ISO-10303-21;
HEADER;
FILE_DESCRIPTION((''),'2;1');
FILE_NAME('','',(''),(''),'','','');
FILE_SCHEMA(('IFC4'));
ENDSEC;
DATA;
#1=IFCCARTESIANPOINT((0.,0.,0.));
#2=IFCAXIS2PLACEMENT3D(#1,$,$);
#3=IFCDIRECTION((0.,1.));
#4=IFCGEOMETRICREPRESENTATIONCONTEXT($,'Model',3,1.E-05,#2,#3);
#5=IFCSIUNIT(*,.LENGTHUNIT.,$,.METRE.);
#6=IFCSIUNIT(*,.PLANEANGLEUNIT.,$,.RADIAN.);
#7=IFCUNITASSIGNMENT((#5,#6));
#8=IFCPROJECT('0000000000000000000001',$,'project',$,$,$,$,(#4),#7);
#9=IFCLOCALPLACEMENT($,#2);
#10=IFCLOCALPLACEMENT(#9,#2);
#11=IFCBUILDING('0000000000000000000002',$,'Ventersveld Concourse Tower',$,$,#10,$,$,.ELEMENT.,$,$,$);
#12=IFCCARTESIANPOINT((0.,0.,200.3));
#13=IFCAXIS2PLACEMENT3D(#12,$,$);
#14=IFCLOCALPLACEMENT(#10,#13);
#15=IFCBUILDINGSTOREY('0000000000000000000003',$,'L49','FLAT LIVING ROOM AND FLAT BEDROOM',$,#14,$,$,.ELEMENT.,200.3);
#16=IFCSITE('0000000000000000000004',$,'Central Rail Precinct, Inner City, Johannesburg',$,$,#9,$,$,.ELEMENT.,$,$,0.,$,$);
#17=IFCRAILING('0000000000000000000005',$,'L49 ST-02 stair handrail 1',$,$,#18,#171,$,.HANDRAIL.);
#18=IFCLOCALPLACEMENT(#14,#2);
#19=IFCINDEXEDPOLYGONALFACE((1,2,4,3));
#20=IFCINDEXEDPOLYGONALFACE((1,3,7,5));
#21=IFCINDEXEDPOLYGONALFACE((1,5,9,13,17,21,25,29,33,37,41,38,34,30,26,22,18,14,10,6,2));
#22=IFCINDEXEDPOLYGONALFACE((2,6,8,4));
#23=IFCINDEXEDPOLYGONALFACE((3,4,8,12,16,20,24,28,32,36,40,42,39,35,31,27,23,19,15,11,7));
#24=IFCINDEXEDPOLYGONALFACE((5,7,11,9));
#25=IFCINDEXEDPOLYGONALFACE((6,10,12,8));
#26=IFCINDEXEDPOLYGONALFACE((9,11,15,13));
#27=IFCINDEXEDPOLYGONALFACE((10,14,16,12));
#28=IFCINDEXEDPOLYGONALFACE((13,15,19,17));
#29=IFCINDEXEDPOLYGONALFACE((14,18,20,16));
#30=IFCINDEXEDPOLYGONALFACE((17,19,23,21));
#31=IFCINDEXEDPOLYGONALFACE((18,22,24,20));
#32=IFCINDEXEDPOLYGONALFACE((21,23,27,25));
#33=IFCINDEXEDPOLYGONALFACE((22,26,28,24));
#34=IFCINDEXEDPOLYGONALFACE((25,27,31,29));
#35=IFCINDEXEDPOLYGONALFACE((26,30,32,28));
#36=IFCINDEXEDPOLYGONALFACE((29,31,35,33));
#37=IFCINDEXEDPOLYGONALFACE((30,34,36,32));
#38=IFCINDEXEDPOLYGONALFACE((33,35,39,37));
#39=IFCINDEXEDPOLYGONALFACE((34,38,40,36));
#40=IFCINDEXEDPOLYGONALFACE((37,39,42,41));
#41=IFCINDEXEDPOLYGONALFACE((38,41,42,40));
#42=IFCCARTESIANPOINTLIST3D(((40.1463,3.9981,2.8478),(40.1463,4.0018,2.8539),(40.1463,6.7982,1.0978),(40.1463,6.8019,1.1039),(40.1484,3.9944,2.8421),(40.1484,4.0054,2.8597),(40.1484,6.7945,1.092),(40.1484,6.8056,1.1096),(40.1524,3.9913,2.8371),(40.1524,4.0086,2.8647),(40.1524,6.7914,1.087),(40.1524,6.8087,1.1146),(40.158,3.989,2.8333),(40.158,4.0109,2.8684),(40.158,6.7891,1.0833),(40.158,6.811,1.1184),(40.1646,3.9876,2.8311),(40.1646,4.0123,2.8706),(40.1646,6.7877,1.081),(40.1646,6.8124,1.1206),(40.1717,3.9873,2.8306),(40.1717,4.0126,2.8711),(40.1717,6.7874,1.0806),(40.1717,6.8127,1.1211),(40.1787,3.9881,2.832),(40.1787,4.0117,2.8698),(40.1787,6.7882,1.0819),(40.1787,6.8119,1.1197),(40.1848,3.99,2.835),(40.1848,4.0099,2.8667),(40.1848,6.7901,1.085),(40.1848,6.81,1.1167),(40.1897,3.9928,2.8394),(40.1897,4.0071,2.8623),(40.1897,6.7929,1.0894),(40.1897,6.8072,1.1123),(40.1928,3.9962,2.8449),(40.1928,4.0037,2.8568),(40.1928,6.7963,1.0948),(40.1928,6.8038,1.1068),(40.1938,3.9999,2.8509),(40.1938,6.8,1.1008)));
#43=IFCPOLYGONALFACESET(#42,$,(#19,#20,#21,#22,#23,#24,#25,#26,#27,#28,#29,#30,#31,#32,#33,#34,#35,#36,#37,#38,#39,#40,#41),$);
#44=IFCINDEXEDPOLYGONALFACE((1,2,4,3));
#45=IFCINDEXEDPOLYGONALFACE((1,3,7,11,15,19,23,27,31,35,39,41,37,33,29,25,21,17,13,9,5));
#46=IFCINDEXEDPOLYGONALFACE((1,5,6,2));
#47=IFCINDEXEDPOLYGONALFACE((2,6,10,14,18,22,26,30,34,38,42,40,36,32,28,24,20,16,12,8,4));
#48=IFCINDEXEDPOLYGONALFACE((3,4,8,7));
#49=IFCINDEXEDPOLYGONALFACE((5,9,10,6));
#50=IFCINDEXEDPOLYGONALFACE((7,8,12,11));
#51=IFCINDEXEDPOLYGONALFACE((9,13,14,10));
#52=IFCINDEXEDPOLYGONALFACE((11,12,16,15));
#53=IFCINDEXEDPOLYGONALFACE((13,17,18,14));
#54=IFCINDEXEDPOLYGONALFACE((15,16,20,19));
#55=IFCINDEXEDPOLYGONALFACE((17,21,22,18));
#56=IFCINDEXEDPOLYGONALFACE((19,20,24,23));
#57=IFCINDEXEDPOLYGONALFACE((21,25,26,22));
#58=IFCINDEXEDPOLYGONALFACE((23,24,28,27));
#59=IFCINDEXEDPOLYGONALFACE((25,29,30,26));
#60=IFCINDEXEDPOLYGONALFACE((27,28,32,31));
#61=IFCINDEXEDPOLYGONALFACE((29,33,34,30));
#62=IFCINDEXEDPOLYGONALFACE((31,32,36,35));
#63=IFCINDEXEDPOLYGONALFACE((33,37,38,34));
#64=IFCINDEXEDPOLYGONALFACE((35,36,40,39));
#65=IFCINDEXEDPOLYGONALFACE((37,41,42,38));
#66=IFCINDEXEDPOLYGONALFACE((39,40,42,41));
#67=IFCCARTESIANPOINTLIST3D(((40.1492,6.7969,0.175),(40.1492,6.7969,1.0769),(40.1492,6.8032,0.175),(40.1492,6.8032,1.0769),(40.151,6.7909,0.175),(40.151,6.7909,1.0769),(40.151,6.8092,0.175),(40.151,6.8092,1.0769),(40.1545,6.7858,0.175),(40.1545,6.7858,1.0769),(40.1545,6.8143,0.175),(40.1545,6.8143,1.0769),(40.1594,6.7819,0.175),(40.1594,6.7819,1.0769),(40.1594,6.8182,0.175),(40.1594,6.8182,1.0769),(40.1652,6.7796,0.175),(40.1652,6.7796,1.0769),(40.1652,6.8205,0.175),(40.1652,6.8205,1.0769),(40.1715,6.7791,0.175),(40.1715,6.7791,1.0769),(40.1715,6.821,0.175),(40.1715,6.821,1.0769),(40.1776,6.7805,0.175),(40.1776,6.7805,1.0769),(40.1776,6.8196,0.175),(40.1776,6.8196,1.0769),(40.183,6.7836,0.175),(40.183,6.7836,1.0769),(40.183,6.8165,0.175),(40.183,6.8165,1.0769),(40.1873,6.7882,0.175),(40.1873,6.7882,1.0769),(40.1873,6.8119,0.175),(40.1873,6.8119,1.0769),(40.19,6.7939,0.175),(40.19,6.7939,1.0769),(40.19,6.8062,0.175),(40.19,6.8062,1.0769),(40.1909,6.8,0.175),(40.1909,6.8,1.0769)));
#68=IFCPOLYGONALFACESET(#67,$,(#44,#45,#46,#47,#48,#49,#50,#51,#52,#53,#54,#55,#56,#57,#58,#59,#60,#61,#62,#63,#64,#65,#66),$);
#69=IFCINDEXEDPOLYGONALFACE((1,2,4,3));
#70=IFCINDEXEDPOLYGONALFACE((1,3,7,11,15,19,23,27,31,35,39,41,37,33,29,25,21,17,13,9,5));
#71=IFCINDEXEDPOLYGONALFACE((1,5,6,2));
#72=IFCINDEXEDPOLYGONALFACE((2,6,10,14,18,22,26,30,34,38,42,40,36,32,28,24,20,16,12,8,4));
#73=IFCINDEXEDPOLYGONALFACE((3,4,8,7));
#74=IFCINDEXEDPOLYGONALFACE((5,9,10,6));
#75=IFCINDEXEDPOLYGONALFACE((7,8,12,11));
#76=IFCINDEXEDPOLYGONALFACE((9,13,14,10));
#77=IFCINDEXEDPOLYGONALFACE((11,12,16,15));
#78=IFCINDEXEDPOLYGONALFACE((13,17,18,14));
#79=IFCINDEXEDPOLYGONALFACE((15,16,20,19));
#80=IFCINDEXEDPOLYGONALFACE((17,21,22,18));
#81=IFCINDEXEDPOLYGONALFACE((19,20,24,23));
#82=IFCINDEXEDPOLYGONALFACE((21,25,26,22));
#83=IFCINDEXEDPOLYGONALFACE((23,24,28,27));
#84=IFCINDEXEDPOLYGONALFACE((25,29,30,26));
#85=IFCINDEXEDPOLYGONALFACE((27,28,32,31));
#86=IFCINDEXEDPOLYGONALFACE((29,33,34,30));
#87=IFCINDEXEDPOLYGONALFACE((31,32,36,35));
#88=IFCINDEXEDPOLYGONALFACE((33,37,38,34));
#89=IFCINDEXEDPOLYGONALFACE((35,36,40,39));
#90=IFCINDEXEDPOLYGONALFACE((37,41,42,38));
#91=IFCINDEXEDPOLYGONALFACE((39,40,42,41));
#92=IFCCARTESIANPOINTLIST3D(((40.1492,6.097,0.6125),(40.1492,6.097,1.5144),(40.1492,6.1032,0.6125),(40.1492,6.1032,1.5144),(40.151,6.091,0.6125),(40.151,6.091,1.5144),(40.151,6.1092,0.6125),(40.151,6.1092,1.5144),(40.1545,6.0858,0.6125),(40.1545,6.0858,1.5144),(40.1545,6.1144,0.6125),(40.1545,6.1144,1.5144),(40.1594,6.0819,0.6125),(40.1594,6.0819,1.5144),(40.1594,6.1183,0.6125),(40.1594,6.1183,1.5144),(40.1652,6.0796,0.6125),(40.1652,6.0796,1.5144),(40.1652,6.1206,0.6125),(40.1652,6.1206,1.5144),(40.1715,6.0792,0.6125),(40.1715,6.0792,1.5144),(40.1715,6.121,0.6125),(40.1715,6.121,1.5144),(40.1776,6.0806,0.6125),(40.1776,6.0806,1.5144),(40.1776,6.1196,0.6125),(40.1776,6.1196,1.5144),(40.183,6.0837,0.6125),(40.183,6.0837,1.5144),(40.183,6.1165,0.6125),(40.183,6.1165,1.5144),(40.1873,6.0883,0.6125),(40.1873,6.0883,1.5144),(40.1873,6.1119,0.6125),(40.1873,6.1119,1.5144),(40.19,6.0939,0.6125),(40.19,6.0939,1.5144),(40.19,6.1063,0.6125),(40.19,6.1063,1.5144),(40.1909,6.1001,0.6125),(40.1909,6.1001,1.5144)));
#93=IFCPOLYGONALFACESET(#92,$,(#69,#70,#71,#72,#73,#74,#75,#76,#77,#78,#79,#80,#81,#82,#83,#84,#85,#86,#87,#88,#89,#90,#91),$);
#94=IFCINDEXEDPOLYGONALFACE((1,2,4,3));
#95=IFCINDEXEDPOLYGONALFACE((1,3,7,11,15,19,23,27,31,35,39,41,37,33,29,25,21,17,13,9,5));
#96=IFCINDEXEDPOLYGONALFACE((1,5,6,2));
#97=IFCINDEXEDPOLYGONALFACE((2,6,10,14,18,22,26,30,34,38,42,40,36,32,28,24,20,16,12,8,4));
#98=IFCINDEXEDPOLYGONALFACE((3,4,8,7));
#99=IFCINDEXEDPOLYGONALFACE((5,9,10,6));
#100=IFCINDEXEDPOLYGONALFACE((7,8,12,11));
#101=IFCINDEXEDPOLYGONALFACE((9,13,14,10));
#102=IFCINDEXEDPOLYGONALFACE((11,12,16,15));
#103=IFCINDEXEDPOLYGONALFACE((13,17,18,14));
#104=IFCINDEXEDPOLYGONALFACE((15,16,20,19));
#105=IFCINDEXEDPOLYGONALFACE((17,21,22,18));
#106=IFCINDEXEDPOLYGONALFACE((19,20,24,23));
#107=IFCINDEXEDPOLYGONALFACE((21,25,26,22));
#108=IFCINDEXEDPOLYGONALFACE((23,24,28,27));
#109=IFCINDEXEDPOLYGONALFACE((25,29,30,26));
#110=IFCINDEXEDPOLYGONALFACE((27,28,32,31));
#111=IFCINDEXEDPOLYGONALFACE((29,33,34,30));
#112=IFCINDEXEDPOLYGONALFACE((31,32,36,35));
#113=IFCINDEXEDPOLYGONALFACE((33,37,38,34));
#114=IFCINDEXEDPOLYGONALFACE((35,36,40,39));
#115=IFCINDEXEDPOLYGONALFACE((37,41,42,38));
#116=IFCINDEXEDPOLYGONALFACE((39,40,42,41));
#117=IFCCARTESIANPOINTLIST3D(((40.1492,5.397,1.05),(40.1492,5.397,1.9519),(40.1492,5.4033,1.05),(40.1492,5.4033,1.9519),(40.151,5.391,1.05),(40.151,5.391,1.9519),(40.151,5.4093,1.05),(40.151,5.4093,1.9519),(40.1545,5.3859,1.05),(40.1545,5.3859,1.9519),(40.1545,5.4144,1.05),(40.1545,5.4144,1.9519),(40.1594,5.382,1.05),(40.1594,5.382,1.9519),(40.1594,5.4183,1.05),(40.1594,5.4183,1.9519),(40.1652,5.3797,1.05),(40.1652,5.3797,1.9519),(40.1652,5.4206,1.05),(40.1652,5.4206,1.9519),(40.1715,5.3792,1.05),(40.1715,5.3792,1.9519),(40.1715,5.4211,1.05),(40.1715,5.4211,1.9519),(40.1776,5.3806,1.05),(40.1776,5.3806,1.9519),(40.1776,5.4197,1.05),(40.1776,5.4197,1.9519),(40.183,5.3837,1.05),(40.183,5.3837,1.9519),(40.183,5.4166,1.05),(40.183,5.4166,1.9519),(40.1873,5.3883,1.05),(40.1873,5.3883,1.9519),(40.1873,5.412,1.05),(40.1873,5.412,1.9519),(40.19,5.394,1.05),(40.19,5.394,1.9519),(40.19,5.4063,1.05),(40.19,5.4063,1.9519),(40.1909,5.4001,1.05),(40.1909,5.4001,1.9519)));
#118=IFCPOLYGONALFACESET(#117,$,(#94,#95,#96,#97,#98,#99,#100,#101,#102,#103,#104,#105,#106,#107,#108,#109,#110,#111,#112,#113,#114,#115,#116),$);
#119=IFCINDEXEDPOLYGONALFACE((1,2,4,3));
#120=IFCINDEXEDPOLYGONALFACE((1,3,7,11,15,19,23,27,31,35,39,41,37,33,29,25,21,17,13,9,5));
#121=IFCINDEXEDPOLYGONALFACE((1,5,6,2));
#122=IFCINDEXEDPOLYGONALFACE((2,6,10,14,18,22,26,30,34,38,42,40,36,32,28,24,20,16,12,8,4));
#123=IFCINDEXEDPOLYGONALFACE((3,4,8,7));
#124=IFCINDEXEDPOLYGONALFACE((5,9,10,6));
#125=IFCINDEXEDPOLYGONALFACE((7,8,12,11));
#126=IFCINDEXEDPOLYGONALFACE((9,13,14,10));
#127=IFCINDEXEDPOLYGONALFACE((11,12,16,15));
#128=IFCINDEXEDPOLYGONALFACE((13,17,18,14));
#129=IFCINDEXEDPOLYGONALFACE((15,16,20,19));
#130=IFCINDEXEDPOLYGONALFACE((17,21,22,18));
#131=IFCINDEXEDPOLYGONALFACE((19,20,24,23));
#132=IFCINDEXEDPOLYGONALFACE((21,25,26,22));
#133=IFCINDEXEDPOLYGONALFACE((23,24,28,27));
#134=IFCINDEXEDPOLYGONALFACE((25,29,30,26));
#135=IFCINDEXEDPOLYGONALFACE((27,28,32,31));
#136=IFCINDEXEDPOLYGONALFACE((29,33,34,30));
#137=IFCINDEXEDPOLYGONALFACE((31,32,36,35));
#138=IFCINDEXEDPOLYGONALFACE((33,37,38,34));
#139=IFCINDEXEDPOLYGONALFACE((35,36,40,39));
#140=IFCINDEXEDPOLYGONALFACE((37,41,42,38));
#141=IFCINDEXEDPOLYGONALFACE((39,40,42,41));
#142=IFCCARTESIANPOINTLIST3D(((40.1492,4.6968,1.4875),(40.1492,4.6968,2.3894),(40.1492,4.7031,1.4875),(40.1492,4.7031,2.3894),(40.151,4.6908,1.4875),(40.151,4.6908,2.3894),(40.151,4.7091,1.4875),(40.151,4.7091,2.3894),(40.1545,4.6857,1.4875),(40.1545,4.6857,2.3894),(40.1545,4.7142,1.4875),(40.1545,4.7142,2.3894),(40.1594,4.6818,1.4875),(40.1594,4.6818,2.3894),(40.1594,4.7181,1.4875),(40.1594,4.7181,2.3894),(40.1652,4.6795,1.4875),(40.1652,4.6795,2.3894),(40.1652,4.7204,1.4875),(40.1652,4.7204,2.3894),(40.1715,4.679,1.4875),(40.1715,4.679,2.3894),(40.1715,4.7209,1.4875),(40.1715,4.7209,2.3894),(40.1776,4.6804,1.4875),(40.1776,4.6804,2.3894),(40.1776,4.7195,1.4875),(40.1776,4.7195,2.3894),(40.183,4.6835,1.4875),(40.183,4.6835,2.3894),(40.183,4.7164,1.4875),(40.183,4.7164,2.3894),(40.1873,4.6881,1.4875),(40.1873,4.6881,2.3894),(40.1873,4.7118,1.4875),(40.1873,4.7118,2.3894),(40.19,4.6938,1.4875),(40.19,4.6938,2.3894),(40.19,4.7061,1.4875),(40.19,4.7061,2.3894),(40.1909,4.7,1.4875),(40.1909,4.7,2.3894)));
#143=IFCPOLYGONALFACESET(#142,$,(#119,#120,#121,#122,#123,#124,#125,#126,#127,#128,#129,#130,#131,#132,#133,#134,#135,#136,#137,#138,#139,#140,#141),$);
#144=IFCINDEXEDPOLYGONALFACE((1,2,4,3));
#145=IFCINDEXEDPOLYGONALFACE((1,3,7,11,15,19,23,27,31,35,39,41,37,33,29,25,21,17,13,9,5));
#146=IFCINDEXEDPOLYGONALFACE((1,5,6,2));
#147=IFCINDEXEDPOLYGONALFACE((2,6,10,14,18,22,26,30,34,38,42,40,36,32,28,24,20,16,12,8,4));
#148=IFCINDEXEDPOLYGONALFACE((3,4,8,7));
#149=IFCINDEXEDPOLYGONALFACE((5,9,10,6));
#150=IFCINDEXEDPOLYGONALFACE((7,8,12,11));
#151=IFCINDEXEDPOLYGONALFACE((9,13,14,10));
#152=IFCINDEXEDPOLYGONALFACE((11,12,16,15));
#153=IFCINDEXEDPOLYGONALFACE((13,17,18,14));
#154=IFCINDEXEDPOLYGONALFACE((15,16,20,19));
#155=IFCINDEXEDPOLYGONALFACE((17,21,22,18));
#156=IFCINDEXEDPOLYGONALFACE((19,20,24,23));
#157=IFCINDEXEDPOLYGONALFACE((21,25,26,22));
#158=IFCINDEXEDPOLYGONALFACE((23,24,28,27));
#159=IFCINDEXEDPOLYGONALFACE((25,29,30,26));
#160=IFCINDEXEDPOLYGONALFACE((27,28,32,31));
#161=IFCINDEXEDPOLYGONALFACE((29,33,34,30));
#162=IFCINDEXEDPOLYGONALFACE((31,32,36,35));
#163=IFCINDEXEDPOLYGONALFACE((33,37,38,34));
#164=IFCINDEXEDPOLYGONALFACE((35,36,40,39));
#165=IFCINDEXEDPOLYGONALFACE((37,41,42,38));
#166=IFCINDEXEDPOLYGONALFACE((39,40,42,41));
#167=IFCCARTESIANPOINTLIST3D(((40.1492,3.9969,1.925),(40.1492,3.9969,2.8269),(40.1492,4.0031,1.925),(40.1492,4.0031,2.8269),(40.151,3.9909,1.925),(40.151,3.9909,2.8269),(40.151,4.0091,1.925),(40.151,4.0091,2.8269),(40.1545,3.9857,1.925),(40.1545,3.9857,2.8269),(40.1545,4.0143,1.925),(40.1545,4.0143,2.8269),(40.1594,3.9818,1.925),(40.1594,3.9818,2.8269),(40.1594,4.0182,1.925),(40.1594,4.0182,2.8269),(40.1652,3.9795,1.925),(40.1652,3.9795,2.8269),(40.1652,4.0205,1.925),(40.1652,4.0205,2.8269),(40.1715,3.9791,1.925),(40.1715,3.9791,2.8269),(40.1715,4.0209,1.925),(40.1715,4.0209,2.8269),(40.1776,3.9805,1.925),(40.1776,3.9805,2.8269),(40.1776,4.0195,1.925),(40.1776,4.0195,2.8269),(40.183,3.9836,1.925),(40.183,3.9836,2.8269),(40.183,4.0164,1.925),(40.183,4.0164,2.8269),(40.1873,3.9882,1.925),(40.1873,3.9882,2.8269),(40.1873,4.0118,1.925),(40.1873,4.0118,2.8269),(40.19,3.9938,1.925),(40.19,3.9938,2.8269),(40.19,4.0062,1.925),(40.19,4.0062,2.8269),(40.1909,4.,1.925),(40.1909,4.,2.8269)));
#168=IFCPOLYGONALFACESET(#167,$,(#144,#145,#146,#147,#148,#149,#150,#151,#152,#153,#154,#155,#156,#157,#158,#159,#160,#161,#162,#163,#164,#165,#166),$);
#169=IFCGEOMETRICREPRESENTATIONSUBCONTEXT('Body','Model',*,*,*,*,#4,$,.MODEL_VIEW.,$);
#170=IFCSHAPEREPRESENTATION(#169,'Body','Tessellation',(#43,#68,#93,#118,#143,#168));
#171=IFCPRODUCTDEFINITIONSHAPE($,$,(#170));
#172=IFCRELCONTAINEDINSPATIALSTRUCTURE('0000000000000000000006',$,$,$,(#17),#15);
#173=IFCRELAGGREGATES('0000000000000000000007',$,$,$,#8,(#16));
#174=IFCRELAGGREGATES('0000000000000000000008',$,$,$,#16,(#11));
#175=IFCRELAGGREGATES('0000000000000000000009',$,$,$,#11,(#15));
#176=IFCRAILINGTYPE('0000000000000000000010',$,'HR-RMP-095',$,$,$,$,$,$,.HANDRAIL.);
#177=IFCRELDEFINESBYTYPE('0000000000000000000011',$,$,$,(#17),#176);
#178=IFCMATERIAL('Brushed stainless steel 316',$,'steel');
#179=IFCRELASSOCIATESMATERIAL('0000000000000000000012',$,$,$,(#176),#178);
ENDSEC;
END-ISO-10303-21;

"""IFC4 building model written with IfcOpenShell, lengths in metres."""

from ifc_helpers import new_model, si_unit, direction, frame, origin, origin_2d, place, context, subcontext, project, spatial, circle, extrude, material, type_object, element, save


model = new_model("IFC4")

# Units and contexts
model_context = context("Model", 3, precision=1e-05, world=origin(), true_north=direction((0.0, 1.0)))
body_context = subcontext(model_context, "Body", "Model", "MODEL_VIEW")
ifc_project = project(units=[si_unit("LENGTHUNIT", "METRE"), si_unit("PLANEANGLEUNIT", "RADIAN")], contexts=[model_context])

# Site, building, storey
site_placement = place(None, origin())
site = spatial("IfcSite", under=ifc_project, at=site_placement, Name="Central Rail Precinct, Inner City, Johannesburg", CompositionType="ELEMENT", RefElevation=0.0)
building_placement = place(site_placement, origin())
building = spatial("IfcBuilding", under=site, at=building_placement, Name="Ventersveld Concourse Tower", CompositionType="ELEMENT")
storey_placement = place(building_placement, frame((0.0, 0.0, 200.3)))
storey = spatial("IfcBuildingStorey", under=building, at=storey_placement, Name="L49", Description="FLAT LIVING ROOM AND FLAT BEDROOM", CompositionType="ELEMENT", Elevation=200.3)

# Railing
ifc_material_1 = material(Name="Brushed stainless steel 316", Category="steel")
railing_type_1 = type_object("IfcRailingType", Name="HR-RMP-095", PredefinedType="HANDRAIL", material=ifc_material_1)
railing_1_placement = place(storey_placement, frame((40.1699, 6.8, 0.175)))
element("IfcRailing", 1, at=railing_1_placement, inside=storey, type_object=railing_type_1, Name="L49 ST-02 stair handrail 1", PredefinedType="HANDRAIL", context=body_context, shape_type="SweptSolid", body=[
    extrude(circle(Radius=0.0239, at=origin_2d()), frame((0.0, 0.0, 0.9258), z_axis=(0.0, -0.848002, 0.529992), x_axis=(1.0, 0.0, 0.0)), (0.0, 0.0, 1.0), 3.302),
    extrude(circle(Radius=0.021, at=origin_2d()), origin(), (0.0, 0.0, 1.0), 0.9019),
    extrude(circle(Radius=0.021, at=origin_2d()), frame((0.0, -0.7, 0.4375)), (0.0, 0.0, 1.0), 0.9019),
    extrude(circle(Radius=0.021, at=origin_2d()), frame((0.0, -1.3999, 0.875)), (0.0, 0.0, 1.0), 0.9019),
    extrude(circle(Radius=0.021, at=origin_2d()), frame((0.0, -2.1001, 1.3125)), (0.0, 0.0, 1.0), 0.9019),
    extrude(circle(Radius=0.021, at=origin_2d()), frame((0.0, -2.8, 1.75)), (0.0, 0.0, 1.0), 0.9019),
])

save(model, "model.ifc")
